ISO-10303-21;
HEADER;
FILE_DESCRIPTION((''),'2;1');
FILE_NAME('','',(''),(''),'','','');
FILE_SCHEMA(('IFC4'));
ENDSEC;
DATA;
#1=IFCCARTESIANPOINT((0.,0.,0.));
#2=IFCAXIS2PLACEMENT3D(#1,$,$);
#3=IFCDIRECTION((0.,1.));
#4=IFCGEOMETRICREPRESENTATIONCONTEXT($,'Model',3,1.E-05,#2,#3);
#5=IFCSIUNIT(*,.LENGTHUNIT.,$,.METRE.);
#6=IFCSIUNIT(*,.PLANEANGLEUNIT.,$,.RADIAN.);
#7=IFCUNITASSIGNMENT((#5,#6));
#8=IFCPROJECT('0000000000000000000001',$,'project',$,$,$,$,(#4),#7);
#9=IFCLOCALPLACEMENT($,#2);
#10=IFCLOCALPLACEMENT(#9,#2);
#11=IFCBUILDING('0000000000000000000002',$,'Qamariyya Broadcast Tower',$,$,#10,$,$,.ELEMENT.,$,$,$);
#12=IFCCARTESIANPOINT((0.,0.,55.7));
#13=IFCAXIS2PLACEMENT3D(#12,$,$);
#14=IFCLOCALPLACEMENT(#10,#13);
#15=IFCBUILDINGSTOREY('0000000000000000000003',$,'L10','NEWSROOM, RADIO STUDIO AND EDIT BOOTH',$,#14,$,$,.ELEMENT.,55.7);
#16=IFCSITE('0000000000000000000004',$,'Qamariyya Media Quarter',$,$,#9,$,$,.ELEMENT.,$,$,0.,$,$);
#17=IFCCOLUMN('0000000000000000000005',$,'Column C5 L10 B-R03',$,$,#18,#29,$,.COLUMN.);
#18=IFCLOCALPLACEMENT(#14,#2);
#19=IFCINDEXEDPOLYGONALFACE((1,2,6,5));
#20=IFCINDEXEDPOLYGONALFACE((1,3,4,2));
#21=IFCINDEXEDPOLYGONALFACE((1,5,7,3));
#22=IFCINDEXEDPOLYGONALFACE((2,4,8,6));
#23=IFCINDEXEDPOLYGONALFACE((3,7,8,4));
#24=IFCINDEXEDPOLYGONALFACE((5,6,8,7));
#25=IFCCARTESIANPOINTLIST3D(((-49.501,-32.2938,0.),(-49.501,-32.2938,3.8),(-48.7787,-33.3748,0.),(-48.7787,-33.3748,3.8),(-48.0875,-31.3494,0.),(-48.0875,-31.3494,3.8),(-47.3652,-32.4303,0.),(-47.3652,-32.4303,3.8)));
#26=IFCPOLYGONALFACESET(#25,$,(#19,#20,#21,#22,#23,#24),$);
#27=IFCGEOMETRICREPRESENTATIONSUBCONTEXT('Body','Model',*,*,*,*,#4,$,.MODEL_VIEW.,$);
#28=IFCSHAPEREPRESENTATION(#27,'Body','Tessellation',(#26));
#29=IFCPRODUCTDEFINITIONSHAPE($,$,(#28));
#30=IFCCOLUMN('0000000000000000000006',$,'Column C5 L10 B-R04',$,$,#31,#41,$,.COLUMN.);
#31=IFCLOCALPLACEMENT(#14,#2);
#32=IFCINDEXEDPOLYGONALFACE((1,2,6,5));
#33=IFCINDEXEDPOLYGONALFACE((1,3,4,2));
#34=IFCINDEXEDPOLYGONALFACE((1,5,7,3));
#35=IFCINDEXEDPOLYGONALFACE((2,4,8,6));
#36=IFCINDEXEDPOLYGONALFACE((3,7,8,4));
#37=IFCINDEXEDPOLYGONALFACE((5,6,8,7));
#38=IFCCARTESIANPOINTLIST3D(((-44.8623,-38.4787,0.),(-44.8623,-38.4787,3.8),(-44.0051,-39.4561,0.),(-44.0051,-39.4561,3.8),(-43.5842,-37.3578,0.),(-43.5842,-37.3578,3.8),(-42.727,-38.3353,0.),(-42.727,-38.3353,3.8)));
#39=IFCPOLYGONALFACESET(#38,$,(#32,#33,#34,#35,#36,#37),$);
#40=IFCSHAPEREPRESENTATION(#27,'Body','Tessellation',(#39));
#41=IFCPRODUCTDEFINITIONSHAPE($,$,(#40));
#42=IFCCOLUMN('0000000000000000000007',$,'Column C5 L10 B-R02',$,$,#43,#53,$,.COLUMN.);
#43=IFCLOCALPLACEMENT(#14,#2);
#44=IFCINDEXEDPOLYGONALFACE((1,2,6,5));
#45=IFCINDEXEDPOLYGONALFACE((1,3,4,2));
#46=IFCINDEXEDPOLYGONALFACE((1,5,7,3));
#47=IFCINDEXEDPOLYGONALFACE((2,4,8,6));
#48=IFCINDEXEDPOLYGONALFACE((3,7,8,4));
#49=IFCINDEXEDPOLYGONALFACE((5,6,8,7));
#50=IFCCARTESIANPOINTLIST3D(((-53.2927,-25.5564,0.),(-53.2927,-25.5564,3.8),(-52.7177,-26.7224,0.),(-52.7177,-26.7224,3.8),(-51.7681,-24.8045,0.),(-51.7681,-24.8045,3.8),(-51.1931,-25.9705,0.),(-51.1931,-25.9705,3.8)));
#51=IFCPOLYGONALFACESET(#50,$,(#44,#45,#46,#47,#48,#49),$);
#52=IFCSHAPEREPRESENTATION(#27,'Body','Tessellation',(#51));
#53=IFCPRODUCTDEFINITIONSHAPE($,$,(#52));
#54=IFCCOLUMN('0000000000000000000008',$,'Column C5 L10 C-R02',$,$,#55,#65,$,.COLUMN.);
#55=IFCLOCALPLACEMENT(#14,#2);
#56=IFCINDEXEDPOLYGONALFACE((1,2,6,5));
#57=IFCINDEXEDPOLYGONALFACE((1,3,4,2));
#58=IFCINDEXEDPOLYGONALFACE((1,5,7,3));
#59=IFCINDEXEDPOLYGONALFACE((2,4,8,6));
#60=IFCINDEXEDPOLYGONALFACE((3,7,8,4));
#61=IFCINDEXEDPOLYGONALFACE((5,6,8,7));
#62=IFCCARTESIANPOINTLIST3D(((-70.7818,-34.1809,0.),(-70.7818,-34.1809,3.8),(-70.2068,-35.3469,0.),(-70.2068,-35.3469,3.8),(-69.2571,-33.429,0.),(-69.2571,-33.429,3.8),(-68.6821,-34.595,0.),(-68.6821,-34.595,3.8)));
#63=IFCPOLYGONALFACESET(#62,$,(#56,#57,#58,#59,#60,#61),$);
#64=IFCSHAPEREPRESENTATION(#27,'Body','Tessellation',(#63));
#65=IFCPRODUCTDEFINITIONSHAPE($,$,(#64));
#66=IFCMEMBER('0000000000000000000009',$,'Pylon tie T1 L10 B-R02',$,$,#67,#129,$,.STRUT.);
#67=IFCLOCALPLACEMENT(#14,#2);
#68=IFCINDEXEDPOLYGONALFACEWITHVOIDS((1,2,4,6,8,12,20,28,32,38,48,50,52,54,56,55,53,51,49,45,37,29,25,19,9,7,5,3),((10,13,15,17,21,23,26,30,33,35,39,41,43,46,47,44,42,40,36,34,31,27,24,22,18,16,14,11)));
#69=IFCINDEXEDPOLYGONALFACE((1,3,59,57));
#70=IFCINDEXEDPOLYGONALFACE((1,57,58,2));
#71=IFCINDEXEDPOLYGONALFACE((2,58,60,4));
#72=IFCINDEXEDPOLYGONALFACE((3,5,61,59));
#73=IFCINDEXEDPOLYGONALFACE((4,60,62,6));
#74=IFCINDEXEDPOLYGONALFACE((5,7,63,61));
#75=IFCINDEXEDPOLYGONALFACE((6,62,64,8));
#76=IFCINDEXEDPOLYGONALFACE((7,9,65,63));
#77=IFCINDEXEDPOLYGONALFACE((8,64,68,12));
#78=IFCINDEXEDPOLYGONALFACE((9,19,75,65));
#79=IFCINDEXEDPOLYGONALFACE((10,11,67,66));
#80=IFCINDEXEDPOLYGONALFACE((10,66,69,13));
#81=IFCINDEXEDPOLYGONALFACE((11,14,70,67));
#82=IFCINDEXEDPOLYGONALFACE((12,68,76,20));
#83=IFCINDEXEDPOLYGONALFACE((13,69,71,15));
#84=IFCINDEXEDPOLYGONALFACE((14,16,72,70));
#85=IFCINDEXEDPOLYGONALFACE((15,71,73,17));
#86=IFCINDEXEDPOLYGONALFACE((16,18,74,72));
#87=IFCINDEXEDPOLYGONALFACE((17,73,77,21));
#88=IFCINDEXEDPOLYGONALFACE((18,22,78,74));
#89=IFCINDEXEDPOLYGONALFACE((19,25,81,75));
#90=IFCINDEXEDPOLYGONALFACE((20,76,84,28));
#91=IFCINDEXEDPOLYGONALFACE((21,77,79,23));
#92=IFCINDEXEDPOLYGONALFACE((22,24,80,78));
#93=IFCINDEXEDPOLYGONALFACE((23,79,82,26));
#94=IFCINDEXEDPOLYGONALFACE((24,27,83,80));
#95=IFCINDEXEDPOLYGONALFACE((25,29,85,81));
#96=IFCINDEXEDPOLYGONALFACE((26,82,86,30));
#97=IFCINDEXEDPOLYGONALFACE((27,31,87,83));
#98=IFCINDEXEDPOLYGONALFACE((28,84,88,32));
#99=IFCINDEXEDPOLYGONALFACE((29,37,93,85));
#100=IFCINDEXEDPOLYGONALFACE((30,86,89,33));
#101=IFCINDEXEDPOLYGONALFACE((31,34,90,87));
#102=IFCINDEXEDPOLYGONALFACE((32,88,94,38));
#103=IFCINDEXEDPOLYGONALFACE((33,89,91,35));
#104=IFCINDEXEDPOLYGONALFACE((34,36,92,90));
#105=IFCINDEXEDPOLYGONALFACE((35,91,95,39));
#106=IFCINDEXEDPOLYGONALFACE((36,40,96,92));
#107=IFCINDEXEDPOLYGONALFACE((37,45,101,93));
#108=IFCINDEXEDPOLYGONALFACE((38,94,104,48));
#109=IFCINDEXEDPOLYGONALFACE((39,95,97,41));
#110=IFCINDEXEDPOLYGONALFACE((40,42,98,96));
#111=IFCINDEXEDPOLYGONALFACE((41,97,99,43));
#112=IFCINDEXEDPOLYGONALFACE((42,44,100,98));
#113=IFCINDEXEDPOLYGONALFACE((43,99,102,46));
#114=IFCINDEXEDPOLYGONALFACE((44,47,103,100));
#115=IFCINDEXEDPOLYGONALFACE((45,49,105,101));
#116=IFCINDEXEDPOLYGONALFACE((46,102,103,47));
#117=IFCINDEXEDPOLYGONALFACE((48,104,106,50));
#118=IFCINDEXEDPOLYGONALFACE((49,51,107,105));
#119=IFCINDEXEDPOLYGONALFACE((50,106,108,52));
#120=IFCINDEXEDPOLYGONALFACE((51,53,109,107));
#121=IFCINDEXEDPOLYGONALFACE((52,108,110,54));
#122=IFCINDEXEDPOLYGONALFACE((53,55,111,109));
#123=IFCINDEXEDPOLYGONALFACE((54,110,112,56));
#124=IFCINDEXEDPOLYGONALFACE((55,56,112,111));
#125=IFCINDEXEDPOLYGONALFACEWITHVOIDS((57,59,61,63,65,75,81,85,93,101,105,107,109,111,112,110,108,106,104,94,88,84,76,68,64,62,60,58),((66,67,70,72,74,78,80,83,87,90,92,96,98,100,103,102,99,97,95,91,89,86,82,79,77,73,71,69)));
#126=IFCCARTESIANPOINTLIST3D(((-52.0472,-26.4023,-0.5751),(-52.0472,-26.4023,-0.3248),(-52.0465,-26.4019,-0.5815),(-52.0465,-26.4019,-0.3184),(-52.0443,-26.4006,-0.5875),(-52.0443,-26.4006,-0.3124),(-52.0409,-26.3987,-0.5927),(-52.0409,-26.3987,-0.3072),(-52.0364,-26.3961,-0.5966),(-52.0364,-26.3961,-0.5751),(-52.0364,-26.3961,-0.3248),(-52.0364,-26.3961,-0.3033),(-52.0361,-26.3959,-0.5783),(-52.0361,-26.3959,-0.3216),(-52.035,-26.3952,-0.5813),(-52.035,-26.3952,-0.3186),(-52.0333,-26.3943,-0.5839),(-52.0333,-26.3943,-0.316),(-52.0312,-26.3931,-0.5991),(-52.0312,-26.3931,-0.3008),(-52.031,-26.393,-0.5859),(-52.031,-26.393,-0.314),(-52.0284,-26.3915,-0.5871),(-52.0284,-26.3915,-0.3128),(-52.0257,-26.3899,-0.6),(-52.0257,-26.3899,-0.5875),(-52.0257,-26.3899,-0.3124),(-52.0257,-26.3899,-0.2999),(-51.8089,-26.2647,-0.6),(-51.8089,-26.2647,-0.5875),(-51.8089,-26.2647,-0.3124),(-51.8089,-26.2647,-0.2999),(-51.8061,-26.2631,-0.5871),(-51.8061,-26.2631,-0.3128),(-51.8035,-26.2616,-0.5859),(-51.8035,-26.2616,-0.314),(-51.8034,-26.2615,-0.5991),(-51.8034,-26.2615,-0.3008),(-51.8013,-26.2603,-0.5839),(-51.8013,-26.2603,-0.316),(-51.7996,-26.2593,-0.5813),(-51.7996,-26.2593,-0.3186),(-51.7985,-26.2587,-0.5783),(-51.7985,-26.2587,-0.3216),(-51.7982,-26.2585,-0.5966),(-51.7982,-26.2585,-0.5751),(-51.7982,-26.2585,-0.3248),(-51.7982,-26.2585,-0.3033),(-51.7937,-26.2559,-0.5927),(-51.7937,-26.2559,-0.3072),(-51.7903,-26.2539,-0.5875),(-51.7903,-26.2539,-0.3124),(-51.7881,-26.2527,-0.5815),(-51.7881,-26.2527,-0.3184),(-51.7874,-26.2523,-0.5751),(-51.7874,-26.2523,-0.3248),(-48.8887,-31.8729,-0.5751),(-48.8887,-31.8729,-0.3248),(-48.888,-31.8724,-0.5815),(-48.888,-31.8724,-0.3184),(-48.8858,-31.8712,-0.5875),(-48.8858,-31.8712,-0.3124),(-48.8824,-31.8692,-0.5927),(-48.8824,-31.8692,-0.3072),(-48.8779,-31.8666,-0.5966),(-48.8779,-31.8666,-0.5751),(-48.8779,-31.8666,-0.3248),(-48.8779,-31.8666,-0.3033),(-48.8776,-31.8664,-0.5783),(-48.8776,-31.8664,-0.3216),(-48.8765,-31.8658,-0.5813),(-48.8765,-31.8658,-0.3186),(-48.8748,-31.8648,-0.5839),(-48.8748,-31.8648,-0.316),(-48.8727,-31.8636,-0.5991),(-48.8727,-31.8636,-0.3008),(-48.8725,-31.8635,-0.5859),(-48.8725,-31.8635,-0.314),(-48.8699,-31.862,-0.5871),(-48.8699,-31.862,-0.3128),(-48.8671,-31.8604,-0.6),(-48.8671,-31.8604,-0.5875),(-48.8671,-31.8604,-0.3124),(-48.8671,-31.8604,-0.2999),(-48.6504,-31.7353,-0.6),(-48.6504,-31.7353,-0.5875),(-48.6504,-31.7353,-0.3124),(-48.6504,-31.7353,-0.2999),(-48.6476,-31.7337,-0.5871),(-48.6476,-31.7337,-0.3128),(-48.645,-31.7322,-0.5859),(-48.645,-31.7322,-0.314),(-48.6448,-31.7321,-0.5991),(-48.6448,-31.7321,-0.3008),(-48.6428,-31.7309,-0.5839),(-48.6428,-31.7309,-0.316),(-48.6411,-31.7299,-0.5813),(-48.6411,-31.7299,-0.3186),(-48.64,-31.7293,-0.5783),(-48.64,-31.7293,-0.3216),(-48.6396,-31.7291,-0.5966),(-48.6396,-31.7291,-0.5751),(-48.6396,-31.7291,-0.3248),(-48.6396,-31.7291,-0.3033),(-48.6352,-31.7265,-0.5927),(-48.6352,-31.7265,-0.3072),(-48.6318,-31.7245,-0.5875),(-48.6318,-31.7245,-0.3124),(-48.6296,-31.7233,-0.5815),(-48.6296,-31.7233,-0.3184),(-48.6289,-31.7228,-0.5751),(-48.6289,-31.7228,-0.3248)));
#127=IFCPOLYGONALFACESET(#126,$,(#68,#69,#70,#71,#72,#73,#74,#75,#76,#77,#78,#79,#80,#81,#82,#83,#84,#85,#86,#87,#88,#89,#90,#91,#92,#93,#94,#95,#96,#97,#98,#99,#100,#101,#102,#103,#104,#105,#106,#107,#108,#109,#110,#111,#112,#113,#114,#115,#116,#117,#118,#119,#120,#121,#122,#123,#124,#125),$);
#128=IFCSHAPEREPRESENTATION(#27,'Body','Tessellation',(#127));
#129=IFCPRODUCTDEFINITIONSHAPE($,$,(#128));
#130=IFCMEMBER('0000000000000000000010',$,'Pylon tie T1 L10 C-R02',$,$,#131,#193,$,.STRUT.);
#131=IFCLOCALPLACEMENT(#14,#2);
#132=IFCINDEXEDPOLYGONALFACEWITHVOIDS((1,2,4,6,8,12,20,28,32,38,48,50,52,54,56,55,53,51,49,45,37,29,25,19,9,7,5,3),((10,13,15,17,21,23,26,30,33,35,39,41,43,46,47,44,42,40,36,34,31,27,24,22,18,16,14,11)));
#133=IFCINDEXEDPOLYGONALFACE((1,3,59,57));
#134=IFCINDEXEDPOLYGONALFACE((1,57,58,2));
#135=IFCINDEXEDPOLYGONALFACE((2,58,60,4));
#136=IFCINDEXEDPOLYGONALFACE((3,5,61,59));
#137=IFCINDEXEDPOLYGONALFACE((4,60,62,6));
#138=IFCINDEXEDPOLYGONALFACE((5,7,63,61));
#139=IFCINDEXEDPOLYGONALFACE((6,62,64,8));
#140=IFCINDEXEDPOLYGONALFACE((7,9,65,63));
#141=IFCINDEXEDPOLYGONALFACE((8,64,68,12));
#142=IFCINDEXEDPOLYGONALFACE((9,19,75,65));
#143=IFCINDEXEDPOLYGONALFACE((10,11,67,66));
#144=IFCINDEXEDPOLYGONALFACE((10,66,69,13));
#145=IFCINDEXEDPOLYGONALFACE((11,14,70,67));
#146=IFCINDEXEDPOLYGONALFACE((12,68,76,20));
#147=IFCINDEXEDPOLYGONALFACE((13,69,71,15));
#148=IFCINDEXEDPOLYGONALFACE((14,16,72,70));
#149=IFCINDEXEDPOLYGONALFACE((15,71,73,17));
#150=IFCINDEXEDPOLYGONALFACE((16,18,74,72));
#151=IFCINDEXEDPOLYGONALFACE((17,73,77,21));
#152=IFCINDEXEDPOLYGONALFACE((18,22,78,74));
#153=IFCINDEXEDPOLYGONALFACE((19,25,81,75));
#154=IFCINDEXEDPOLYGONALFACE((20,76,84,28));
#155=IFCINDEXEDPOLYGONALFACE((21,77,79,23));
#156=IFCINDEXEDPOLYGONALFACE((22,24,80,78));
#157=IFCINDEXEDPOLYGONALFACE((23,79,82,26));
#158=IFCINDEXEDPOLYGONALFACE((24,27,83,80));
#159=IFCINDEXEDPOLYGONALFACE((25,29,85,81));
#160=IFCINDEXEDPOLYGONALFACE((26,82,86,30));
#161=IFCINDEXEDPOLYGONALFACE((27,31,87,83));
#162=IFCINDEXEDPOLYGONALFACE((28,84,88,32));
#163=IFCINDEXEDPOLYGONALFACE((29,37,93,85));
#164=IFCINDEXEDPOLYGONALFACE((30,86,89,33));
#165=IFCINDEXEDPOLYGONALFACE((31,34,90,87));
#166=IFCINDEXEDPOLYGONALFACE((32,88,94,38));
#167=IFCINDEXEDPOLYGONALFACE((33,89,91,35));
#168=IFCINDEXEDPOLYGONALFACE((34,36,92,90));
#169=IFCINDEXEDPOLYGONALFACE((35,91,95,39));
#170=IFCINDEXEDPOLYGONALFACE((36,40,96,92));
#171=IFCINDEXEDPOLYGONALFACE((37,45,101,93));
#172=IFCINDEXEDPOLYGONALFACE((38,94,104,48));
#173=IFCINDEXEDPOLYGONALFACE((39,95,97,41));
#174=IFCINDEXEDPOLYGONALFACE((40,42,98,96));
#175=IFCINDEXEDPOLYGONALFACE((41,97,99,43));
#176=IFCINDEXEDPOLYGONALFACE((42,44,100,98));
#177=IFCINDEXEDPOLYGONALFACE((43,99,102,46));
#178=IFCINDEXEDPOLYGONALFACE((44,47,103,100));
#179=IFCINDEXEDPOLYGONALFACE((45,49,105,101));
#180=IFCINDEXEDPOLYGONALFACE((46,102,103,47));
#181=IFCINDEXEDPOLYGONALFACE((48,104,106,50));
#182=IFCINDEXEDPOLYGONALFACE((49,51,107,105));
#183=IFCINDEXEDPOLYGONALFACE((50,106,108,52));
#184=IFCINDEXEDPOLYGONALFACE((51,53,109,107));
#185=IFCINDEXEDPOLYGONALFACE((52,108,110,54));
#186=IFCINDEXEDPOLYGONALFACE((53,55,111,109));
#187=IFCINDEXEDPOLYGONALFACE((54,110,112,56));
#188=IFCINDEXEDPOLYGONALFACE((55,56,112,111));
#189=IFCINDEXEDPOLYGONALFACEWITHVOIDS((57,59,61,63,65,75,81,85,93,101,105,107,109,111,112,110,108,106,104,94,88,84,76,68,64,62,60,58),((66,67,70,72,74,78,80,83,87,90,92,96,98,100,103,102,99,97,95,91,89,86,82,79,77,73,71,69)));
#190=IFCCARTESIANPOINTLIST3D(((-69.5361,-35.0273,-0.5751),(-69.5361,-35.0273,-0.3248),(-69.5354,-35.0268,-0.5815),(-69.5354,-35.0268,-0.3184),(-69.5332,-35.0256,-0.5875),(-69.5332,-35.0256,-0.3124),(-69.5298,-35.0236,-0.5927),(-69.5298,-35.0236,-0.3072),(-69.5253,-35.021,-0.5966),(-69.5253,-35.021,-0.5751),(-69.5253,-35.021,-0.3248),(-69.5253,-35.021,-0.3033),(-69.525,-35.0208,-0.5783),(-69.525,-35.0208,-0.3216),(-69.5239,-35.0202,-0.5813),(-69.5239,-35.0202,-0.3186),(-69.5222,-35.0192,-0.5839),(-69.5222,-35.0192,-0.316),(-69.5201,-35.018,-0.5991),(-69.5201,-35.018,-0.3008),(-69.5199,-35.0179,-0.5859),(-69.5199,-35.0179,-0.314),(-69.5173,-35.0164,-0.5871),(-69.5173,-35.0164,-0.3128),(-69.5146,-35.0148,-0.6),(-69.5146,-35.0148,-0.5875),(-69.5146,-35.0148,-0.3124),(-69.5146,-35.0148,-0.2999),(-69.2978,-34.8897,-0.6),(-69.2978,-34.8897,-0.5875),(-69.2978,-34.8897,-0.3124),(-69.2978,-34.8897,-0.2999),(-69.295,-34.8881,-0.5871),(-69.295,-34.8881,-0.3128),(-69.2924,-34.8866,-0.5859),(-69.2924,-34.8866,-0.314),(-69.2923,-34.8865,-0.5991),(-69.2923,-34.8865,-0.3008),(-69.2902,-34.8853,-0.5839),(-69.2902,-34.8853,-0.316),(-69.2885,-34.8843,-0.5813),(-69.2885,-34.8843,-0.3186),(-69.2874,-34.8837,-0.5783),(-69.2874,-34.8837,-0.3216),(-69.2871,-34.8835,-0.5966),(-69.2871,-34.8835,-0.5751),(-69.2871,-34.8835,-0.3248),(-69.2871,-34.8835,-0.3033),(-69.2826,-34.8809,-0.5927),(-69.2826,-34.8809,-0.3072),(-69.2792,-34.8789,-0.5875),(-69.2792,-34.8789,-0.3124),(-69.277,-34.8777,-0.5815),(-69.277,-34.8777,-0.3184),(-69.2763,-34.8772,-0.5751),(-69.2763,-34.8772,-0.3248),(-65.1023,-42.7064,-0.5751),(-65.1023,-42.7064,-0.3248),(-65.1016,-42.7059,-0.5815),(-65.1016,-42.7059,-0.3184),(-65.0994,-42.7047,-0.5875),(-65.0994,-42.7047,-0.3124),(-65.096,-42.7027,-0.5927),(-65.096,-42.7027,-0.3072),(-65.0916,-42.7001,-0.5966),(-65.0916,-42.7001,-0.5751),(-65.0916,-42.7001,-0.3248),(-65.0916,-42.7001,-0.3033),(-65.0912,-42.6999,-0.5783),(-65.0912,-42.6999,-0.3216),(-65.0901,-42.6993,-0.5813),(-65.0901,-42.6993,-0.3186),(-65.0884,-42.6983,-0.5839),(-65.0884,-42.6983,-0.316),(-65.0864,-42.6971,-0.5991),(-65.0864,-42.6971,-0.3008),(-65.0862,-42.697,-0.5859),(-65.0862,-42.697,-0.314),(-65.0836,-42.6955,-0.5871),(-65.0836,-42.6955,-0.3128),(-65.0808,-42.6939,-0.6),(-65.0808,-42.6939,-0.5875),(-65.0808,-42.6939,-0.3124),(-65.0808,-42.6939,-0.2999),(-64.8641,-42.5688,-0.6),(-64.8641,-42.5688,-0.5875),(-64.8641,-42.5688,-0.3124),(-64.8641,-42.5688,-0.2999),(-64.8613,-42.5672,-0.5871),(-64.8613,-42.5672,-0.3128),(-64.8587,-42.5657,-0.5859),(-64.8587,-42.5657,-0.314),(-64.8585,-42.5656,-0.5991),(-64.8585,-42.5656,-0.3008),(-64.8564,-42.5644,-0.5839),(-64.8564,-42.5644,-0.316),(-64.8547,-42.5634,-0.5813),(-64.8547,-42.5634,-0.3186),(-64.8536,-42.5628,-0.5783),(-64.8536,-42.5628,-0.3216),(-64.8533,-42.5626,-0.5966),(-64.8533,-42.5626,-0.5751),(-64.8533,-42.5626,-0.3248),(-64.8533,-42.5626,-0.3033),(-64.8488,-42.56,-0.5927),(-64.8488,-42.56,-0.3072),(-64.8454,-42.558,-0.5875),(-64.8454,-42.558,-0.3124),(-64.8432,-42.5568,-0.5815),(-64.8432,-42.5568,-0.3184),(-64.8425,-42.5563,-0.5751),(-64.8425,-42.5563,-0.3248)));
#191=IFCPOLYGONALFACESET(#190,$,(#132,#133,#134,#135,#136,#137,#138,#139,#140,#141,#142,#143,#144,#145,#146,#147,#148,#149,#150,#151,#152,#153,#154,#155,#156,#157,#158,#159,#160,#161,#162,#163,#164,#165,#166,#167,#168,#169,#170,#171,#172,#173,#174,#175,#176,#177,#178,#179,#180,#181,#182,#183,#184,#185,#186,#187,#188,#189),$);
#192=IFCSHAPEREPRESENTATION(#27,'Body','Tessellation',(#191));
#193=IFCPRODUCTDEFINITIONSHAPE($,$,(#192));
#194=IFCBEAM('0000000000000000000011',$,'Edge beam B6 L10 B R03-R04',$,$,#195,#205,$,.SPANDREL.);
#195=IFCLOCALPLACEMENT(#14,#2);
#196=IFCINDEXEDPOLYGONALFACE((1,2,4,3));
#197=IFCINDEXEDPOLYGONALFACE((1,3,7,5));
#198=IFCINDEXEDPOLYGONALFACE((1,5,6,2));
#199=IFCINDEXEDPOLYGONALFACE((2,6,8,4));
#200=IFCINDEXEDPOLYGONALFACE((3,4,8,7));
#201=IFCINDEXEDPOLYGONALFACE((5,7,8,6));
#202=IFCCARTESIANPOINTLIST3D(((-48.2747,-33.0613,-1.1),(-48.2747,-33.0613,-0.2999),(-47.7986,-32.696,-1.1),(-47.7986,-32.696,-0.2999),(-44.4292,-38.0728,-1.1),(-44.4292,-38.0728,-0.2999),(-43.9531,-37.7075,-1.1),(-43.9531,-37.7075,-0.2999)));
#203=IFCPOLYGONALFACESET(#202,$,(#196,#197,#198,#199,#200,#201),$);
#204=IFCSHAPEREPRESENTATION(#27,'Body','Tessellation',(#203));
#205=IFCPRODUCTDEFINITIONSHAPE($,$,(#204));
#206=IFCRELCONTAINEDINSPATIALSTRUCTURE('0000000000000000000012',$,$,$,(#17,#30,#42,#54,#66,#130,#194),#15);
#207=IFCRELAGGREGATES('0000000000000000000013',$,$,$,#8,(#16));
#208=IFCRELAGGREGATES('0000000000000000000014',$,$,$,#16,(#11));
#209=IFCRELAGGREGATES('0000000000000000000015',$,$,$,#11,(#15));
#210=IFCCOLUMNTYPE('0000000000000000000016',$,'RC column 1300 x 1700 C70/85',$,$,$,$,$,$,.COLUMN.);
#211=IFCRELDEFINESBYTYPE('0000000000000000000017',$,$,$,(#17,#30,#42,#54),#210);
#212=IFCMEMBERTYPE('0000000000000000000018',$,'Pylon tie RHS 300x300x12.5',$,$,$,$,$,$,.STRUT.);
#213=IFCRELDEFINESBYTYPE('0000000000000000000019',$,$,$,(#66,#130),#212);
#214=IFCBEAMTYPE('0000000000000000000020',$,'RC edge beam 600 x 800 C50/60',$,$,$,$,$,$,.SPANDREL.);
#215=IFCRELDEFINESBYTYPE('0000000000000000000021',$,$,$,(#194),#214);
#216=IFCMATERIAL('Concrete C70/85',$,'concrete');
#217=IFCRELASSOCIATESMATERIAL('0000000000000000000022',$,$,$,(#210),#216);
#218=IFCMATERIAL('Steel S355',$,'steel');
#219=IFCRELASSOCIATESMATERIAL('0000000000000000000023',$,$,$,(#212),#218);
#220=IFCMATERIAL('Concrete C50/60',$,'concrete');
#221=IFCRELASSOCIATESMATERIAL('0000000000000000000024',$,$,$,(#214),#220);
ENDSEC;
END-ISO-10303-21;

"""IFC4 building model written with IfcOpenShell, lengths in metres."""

from ifc_helpers import new_model, si_unit, direction, frame, origin, origin_2d, place, context, subcontext, project, spatial, rectangle, hollow_rectangle, extrude, material, material_profile, profile_set, type_object, element, save


model = new_model("IFC4")

# Units and contexts
model_context = context("Model", 3, precision=1e-05, world=origin(), true_north=direction((0.0, 1.0)))
body_context = subcontext(model_context, "Body", "Model", "MODEL_VIEW")
ifc_project = project(units=[si_unit("LENGTHUNIT", "METRE"), si_unit("PLANEANGLEUNIT", "RADIAN")], contexts=[model_context])

# Site, building, storey
site_placement = place(None, origin())
site = spatial("IfcSite", under=ifc_project, at=site_placement, Name="Qamariyya Media Quarter", CompositionType="ELEMENT", RefElevation=0.0)
building_placement = place(site_placement, origin())
building = spatial("IfcBuilding", under=site, at=building_placement, Name="Qamariyya Broadcast Tower", CompositionType="ELEMENT")
storey_placement = place(building_placement, frame((0.0, 0.0, 55.7)))
storey = spatial("IfcBuildingStorey", under=building, at=storey_placement, Name="L10", Description="NEWSROOM, RADIO STUDIO AND EDIT BOOTH", CompositionType="ELEMENT", Elevation=55.7)

# Columns
ifc_material_1 = material(Name="Concrete C70/85", Category="concrete")
ifc_material_profile_1 = material_profile(ifc_material_1, rectangle(XDim=1.3, YDim=1.7, at=origin_2d()))
ifc_profile_set_1 = profile_set([ifc_material_profile_1], Name="Concrete C70/85")
column_type = type_object("IfcColumnType", Name="RC column 1300 x 1700 C70/85", PredefinedType="COLUMN", material=ifc_profile_set_1)
for number, where, z_axis, x_axis, name in (
    (1, (-48.4331, -32.3621, 0.0), (0.0, 0.0, 1.0), (0.55557, -0.83147, 0.0), "Column C5 L10 B-R03"),
    (2, (-43.7947, -38.407, 0.0), (0.0, 0.0, 1.0), (0.659346, -0.75184, 0.0), "Column C5 L10 B-R04"),
    (3, (-52.2429, -25.7634, 0.0), (0.0, 0.0, 1.0), (0.442289, -0.896873, 0.0), "Column C5 L10 B-R02"),
    (4, (-69.7319, -34.3879, 0.0), (0.0, 0.0, 1.0), (0.442289, -0.896873, 0.0), "Column C5 L10 C-R02"),
):
    element("IfcColumn", number, at=place(storey_placement, frame(where, z_axis=z_axis, x_axis=x_axis)), inside=storey, type_object=column_type, Name=name, PredefinedType="COLUMN", context=body_context, shape_type="SweptSolid", body=[
        extrude(rectangle(XDim=1.3, YDim=1.7, at=origin_2d()), origin(), (0.0, 0.0, 1.0), 3.8),
    ])

# Members
ifc_material_2 = material(Name="Steel S355", Category="steel")
ifc_material_profile_2 = material_profile(ifc_material_2, hollow_rectangle(XDim=0.3, YDim=0.3, WallThickness=0.0125, InnerFilletRadius=0.0125, OuterFilletRadius=0.0249, at=origin_2d()))
ifc_profile_set_2 = profile_set([ifc_material_profile_2], Name="Steel S355")
member_type = type_object("IfcMemberType", Name="Pylon tie RHS 300x300x12.5", PredefinedType="STRUT", material=ifc_profile_set_2)
member_1_placement = place(storey_placement, frame((-48.7588, -31.7979, -0.45), z_axis=(-0.500009, 0.86602, 0.0), x_axis=(-0.86602, -0.500009, 0.0)))
element("IfcMember", 5, at=member_1_placement, inside=storey, type_object=member_type, Name="Pylon tie T1 L10 B-R02", PredefinedType="STRUT", context=body_context, shape_type="SweptSolid", body=[
    extrude(hollow_rectangle(XDim=0.3, YDim=0.3, WallThickness=0.0125, InnerFilletRadius=0.0125, OuterFilletRadius=0.0249, at=origin_2d()), origin(), (0.0, 0.0, 1.0), 6.3169),
])
member_2_placement = place(storey_placement, frame((-64.9724, -42.6313, -0.45), z_axis=(-0.500021, 0.866013, 0.0), x_axis=(-0.866013, -0.500021, 0.0)))
element("IfcMember", 6, at=member_2_placement, inside=storey, type_object=member_type, Name="Pylon tie T1 L10 C-R02", PredefinedType="STRUT", context=body_context, shape_type="SweptSolid", body=[
    extrude(hollow_rectangle(XDim=0.3, YDim=0.3, WallThickness=0.0125, InnerFilletRadius=0.0125, OuterFilletRadius=0.0249, at=origin_2d()), origin(), (0.0, 0.0, 1.0), 8.8672),
])

# Beam
ifc_material_3 = material(Name="Concrete C50/60", Category="concrete")
ifc_material_profile_3 = material_profile(ifc_material_3, rectangle(XDim=0.6001, YDim=0.8, at=origin_2d()))
ifc_profile_set_3 = profile_set([ifc_material_profile_3], Name="Concrete C50/60")
beam_type_1 = type_object("IfcBeamType", Name="RC edge beam 600 x 800 C50/60", PredefinedType="SPANDREL", material=ifc_profile_set_3)
beam_1_placement = place(storey_placement, frame((-48.0366, -32.8787, -0.7), z_axis=(0.608763, -0.793352, 0.0), x_axis=(0.793352, 0.608763, 0.0)))
element("IfcBeam", 7, at=beam_1_placement, inside=storey, type_object=beam_type_1, Name="Edge beam B6 L10 B R03-R04", PredefinedType="SPANDREL", context=body_context, shape_type="SweptSolid", body=[
    extrude(rectangle(XDim=0.6001, YDim=0.8, at=origin_2d()), origin(), (0.0, 0.0, 1.0), 6.3169),
])

save(model, "model.ifc")
